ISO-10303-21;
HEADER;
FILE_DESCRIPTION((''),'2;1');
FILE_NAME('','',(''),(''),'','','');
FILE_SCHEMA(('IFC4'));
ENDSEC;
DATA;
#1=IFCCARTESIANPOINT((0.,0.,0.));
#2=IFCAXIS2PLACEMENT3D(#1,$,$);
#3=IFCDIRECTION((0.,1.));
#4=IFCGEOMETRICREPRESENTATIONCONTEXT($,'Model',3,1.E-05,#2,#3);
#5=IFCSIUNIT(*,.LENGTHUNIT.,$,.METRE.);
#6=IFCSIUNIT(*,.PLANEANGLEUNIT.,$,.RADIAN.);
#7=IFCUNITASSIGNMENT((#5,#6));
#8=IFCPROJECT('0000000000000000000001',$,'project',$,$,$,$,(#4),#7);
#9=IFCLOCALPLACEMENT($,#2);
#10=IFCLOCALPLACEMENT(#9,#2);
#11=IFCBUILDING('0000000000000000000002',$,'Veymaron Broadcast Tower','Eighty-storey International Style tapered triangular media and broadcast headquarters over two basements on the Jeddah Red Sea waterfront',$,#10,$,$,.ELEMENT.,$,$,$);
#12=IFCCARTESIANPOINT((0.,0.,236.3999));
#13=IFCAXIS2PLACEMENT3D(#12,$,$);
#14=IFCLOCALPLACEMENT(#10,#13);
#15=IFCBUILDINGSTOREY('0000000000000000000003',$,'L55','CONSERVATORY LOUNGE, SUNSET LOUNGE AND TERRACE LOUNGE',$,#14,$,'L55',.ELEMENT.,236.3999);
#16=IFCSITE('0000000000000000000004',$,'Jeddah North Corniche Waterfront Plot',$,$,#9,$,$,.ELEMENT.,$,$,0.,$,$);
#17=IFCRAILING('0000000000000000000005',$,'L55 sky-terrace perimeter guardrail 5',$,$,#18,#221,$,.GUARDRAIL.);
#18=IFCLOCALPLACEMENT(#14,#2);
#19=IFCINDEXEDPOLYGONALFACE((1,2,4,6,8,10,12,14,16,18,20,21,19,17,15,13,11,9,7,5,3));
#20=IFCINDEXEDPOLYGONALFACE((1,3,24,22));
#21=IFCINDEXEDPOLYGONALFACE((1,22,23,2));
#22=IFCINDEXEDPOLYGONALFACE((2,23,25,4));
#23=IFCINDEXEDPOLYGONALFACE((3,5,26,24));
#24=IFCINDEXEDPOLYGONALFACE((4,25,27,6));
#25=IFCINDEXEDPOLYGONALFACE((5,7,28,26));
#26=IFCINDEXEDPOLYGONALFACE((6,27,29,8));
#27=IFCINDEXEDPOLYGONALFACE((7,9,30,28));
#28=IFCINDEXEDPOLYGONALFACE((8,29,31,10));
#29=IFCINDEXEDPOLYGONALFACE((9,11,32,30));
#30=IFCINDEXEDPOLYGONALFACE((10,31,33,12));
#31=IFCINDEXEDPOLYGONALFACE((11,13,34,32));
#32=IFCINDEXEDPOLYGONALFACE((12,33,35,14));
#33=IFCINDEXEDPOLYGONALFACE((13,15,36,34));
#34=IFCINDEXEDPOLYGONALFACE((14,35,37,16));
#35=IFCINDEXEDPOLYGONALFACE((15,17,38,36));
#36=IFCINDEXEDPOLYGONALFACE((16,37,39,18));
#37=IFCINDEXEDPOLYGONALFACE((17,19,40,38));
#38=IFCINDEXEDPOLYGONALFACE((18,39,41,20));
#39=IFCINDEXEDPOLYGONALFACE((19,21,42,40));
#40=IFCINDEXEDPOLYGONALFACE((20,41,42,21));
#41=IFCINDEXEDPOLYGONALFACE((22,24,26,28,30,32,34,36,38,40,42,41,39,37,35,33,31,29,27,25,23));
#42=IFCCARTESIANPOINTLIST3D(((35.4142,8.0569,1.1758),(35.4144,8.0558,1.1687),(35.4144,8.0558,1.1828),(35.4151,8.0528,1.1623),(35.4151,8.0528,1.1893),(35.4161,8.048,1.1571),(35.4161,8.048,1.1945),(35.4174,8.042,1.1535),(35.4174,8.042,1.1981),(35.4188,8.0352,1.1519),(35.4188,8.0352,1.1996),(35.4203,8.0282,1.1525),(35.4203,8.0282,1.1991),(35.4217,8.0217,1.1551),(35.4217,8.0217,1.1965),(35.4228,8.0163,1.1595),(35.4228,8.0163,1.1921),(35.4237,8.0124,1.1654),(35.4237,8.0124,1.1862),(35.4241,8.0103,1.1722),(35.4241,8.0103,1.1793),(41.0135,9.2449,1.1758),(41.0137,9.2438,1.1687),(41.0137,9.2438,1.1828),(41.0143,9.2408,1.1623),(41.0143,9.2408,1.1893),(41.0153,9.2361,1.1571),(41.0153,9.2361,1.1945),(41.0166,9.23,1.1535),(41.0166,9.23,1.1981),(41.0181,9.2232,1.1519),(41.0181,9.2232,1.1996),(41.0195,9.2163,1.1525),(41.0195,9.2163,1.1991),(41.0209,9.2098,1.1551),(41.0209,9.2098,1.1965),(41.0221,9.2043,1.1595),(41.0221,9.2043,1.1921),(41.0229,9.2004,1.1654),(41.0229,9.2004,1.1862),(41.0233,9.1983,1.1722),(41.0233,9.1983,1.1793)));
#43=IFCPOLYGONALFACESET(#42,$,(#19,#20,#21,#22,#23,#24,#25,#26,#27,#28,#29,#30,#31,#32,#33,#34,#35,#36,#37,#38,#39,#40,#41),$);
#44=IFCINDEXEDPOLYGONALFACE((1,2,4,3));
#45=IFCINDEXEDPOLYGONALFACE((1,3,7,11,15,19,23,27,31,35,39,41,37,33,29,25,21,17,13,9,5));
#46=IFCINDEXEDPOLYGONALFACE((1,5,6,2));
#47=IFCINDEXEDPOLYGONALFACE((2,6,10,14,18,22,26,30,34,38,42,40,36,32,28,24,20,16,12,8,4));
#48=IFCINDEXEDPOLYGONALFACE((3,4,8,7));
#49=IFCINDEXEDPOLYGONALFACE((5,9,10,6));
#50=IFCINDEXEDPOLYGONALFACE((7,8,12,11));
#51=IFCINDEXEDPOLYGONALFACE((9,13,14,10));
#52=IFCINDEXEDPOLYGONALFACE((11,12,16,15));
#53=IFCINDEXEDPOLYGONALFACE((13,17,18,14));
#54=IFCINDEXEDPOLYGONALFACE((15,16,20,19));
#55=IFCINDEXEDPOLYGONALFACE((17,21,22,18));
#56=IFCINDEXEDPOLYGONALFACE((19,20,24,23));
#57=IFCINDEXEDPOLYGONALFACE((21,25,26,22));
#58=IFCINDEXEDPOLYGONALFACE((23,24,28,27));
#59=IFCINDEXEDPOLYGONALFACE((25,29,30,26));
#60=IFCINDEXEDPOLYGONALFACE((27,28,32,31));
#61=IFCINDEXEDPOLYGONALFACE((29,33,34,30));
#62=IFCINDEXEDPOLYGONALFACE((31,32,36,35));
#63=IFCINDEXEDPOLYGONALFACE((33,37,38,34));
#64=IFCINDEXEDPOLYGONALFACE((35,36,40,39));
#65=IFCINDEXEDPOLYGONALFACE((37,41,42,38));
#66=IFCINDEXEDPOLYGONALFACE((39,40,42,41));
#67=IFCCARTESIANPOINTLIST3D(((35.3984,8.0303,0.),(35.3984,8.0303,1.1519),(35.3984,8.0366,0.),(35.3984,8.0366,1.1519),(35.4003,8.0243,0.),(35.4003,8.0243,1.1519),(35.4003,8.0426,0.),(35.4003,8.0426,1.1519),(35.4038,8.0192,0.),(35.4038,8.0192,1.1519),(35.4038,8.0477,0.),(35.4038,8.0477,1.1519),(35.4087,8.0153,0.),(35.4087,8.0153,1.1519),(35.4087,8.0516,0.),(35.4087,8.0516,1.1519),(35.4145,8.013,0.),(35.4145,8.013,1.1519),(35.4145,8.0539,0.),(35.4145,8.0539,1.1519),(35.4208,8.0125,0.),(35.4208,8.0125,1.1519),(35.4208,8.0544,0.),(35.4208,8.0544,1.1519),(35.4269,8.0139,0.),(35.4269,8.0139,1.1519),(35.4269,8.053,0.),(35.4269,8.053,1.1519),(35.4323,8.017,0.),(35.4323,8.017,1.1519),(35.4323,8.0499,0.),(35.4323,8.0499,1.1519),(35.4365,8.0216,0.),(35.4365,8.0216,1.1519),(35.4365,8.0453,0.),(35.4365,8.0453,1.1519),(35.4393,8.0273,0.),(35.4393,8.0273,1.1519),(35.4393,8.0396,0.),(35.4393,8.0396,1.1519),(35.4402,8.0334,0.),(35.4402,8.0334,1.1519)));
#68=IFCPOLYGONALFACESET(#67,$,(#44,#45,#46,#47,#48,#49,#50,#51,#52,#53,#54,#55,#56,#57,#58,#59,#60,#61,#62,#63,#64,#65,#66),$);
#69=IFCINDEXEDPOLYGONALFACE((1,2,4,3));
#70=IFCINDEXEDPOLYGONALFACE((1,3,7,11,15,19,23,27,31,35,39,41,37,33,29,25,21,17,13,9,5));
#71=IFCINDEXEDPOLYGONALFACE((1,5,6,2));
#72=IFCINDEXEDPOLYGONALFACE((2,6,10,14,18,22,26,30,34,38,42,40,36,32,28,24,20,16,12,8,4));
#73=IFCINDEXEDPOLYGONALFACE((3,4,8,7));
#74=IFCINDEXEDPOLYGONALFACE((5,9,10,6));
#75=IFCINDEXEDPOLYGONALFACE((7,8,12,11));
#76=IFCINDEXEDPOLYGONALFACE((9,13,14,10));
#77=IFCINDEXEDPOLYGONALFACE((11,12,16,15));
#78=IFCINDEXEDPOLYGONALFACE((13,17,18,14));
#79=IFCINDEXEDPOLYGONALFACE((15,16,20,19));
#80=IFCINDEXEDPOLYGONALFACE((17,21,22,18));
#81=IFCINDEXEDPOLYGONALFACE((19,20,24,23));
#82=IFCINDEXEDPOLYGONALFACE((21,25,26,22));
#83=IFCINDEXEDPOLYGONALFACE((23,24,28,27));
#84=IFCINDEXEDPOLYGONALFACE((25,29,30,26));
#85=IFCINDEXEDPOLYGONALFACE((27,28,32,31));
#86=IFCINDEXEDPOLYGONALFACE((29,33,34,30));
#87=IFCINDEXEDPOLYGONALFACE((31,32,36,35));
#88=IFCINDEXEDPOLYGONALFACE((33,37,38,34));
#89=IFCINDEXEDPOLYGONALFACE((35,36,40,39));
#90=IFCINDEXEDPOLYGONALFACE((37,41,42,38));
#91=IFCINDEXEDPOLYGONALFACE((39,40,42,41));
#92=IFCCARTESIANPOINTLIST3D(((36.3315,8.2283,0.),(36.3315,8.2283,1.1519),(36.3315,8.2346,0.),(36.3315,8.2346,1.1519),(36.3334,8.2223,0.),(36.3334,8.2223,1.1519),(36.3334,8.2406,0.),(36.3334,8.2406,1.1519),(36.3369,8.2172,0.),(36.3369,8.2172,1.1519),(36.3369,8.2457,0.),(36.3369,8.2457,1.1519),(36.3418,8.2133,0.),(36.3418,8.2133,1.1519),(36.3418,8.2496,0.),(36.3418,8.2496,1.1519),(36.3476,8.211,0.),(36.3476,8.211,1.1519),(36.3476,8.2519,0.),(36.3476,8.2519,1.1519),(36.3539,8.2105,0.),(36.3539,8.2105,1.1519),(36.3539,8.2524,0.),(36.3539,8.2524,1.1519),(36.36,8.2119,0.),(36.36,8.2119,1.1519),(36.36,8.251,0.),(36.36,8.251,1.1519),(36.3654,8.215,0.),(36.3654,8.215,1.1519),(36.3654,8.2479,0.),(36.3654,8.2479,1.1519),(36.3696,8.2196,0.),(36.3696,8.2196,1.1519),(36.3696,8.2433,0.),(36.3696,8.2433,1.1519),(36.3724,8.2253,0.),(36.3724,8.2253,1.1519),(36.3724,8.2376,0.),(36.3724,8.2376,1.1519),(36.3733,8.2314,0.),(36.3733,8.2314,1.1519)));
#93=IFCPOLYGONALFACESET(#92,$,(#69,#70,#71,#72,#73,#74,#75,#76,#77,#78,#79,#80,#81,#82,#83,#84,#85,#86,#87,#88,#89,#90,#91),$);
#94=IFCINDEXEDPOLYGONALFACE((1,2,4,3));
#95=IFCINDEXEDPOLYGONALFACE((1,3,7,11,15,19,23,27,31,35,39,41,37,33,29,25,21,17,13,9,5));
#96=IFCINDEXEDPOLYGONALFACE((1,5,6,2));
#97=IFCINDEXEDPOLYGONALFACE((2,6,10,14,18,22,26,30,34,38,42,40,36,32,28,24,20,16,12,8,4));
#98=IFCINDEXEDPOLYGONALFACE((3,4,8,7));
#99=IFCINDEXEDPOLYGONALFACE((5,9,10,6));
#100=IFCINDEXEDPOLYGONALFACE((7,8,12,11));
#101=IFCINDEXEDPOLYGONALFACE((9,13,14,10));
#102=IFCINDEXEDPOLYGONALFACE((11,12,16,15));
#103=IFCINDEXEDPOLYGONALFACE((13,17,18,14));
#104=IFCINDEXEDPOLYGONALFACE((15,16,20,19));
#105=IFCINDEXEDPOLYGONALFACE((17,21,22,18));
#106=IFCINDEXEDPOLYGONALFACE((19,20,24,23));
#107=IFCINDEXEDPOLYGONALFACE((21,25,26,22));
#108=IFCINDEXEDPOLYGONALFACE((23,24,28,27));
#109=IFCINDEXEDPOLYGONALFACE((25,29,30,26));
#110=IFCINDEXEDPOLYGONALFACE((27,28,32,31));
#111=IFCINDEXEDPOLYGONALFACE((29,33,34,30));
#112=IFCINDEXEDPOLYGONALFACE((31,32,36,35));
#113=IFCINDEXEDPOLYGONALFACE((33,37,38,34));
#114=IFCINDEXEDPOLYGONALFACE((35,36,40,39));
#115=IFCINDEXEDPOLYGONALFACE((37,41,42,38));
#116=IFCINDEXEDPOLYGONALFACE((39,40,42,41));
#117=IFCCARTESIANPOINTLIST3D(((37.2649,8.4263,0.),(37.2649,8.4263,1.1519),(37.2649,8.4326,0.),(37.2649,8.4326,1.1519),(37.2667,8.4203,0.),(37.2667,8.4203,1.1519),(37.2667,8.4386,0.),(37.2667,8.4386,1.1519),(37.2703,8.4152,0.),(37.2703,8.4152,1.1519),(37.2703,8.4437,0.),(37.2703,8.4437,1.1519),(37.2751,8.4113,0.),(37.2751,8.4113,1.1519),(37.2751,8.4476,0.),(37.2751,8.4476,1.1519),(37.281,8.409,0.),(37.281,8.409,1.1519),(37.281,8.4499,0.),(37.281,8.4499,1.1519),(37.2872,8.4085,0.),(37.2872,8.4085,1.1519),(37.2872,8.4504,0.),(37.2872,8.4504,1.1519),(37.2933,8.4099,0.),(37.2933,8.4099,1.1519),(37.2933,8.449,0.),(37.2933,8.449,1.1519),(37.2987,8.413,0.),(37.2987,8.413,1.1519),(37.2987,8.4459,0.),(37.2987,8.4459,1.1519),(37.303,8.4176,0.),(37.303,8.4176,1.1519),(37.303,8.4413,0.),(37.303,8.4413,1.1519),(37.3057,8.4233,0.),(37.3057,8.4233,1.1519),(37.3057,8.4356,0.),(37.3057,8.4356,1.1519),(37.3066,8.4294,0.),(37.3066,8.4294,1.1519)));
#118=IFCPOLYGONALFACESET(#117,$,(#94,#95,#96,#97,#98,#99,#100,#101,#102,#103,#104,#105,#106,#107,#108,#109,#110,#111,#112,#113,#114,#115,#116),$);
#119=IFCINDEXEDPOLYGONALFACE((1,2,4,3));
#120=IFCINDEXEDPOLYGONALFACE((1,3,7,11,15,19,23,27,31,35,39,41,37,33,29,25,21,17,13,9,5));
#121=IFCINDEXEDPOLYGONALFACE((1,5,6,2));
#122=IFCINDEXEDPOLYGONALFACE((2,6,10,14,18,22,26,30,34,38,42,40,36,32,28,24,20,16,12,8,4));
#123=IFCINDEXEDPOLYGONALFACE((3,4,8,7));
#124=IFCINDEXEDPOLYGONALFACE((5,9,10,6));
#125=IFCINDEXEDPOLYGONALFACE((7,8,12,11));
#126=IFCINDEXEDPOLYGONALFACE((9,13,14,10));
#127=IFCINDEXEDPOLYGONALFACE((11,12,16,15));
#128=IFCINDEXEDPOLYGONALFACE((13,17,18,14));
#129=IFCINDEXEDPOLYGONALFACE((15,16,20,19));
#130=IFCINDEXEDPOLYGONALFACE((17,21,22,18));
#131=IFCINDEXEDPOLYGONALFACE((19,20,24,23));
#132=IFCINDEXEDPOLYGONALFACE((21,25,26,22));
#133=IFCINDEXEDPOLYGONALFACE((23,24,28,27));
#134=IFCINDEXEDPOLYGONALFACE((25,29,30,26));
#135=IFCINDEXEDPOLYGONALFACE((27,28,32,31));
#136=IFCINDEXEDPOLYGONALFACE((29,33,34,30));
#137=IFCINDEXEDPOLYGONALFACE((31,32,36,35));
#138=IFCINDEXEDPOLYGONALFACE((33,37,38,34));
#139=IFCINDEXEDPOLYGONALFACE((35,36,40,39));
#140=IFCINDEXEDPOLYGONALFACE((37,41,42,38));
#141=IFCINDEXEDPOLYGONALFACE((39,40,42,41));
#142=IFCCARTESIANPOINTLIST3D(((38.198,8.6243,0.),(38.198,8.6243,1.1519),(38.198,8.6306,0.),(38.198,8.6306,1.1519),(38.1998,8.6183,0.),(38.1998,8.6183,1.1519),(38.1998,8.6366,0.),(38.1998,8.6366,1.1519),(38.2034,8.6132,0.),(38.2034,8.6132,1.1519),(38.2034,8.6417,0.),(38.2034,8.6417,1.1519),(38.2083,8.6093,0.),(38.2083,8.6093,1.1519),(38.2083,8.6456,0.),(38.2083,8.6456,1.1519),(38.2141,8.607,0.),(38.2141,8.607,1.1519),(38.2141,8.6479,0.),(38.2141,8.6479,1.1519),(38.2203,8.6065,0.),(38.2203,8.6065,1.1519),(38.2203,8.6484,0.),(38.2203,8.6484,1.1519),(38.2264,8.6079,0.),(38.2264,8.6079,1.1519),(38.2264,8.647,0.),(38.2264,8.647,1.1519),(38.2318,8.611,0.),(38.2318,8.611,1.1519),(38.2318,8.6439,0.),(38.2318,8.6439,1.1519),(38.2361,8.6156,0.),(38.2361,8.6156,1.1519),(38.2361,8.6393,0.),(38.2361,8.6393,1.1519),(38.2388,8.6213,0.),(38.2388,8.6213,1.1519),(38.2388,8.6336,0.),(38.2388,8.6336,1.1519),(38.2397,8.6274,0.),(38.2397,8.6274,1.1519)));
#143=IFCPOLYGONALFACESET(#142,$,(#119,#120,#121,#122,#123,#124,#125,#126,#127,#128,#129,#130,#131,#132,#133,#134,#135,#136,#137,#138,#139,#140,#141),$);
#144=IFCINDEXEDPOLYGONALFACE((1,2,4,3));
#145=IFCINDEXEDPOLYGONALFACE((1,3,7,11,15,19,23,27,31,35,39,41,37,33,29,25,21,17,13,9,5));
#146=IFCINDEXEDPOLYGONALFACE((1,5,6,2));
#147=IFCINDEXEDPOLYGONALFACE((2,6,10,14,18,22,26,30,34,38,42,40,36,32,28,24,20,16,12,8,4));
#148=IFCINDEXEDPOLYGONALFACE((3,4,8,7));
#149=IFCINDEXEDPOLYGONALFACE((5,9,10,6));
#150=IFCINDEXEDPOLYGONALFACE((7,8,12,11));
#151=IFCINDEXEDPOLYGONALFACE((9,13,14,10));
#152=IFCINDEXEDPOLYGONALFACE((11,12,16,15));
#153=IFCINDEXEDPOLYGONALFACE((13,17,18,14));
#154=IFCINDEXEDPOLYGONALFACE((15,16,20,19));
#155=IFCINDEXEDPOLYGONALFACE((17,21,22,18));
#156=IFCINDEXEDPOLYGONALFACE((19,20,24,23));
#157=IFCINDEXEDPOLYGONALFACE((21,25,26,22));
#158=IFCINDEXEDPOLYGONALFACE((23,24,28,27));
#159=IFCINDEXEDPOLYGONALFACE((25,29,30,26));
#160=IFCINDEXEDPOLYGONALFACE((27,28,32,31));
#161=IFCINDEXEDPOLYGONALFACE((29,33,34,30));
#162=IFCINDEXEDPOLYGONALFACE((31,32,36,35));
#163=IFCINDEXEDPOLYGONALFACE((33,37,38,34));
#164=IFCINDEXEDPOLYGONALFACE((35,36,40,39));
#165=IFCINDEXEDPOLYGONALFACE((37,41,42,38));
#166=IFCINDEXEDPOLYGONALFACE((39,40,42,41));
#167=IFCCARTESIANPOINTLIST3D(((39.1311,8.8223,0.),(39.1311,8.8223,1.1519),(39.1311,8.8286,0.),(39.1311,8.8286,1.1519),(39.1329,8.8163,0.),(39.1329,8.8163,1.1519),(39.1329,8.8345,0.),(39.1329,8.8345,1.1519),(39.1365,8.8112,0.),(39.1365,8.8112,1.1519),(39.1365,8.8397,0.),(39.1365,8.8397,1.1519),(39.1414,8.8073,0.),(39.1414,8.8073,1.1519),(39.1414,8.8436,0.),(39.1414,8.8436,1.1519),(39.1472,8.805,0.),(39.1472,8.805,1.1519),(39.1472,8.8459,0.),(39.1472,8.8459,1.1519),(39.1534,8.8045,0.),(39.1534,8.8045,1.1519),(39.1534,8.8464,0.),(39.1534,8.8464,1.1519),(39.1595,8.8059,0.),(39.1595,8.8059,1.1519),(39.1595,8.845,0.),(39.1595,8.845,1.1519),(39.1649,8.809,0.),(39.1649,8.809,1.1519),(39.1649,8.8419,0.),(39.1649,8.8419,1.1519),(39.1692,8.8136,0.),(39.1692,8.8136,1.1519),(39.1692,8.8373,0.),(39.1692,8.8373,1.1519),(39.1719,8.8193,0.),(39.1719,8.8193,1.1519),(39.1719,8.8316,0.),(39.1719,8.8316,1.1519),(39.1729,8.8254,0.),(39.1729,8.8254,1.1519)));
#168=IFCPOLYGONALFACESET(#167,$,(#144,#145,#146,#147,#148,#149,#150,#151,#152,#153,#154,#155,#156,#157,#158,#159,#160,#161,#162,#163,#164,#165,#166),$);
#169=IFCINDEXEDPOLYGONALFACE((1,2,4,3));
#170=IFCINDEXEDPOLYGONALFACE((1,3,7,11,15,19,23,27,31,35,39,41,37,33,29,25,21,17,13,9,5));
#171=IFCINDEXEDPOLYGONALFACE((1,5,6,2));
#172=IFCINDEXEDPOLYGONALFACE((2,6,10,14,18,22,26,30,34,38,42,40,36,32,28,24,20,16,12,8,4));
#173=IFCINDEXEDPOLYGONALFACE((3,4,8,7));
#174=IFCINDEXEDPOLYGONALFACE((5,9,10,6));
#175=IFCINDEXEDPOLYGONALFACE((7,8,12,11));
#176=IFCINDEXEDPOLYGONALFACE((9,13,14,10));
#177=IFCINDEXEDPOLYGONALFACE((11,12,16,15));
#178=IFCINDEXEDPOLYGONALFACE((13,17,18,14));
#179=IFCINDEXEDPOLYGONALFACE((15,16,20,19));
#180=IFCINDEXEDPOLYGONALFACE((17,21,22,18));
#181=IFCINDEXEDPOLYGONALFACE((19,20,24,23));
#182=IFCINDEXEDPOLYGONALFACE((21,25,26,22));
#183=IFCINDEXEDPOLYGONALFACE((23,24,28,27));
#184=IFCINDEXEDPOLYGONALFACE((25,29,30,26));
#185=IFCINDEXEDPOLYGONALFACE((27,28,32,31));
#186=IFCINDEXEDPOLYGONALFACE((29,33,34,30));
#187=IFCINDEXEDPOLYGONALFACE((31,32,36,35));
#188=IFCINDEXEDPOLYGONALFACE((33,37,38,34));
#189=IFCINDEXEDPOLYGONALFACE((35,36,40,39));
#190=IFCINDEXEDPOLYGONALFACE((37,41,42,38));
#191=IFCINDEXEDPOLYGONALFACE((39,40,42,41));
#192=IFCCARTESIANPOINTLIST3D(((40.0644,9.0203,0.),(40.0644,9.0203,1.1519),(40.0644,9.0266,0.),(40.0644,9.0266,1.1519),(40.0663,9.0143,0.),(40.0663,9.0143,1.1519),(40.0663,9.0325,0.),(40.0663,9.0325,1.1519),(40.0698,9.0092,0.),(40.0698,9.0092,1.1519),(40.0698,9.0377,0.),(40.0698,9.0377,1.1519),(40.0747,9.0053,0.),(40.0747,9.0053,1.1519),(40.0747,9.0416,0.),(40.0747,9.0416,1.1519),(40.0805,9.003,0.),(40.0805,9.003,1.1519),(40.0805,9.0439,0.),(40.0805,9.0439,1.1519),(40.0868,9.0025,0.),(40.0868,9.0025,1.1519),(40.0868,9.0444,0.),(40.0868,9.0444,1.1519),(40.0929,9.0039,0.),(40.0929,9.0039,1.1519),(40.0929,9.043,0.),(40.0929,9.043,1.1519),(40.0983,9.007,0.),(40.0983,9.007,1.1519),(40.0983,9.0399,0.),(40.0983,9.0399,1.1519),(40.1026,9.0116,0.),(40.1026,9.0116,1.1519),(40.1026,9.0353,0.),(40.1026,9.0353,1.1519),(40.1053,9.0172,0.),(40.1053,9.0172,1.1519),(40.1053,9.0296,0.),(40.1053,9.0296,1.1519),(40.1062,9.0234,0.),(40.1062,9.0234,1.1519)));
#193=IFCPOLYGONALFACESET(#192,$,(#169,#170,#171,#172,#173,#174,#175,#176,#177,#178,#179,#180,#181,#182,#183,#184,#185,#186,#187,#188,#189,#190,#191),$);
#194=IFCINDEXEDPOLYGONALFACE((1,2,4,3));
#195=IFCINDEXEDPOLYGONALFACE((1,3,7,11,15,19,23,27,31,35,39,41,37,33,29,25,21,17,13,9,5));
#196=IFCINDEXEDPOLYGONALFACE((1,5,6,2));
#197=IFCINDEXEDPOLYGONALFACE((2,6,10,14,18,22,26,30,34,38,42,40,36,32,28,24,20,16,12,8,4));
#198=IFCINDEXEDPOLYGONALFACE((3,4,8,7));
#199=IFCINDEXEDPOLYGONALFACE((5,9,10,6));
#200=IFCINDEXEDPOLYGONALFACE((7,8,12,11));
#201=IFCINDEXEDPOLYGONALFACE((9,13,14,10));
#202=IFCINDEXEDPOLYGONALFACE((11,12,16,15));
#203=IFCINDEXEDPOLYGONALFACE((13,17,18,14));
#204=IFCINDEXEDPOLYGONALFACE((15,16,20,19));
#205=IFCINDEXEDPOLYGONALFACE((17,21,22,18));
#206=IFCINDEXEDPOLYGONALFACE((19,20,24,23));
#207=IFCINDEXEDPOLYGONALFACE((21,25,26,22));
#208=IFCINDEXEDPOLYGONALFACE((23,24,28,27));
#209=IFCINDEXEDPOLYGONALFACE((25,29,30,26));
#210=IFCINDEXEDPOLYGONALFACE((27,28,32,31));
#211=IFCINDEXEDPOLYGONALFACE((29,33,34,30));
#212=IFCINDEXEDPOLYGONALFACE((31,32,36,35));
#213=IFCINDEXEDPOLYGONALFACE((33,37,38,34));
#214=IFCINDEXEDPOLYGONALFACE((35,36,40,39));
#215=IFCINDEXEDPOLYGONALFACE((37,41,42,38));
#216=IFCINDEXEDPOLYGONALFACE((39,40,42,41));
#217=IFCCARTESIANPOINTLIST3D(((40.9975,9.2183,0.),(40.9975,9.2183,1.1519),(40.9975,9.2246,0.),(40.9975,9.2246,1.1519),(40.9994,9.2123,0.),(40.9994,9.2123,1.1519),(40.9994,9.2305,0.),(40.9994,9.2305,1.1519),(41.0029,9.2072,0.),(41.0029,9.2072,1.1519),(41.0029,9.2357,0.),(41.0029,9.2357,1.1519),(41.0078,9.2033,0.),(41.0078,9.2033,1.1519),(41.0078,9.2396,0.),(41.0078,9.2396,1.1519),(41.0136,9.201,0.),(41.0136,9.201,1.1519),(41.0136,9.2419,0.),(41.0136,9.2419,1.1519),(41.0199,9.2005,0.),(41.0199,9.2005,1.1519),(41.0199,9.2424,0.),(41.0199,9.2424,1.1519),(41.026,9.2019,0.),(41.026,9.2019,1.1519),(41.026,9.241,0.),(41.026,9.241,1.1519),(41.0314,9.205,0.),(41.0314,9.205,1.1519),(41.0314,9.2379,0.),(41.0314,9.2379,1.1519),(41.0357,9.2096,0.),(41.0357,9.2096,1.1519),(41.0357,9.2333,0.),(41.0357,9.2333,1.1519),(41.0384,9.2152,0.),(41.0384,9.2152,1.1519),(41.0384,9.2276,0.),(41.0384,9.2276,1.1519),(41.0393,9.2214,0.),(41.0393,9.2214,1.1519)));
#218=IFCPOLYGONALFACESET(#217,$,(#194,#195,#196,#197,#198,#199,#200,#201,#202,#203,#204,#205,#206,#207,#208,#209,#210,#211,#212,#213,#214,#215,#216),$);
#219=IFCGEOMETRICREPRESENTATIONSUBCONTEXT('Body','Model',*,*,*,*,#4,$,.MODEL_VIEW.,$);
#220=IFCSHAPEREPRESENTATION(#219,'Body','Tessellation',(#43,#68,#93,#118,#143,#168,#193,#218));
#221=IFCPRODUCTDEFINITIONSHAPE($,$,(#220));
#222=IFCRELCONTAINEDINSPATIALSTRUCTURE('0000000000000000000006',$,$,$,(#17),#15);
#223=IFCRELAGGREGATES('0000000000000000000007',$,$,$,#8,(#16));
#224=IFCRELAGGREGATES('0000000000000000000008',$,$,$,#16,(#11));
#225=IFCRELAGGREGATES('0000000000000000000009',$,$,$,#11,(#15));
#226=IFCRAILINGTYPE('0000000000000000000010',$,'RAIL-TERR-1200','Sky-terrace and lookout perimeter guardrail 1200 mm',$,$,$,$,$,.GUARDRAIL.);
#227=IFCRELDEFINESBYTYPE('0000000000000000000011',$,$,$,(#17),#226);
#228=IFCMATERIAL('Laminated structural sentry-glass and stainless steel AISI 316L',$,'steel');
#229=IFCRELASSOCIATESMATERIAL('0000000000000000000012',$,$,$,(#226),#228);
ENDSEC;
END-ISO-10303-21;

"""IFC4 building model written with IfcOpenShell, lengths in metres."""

from ifc_helpers import new_model, si_unit, direction, frame, origin, origin_2d, place, context, subcontext, project, spatial, circle, extrude, material, type_object, element, save


model = new_model("IFC4")

# Units and contexts
model_context = context("Model", 3, precision=1e-05, world=origin(), true_north=direction((0.0, 1.0)))
body_context = subcontext(model_context, "Body", "Model", "MODEL_VIEW")
ifc_project = project(units=[si_unit("LENGTHUNIT", "METRE"), si_unit("PLANEANGLEUNIT", "RADIAN")], contexts=[model_context])

# Site, building, storey
site_placement = place(None, origin())
site = spatial("IfcSite", under=ifc_project, at=site_placement, Name="Jeddah North Corniche Waterfront Plot", CompositionType="ELEMENT", RefElevation=0.0)
building_placement = place(site_placement, origin())
building = spatial("IfcBuilding", under=site, at=building_placement, Name="Veymaron Broadcast Tower", Description="Eighty-storey International Style tapered triangular media and broadcast headquarters over two basements on the Jeddah Red Sea waterfront", CompositionType="ELEMENT")
storey_placement = place(building_placement, frame((0.0, 0.0, 236.3999)))
storey = spatial("IfcBuildingStorey", under=building, at=storey_placement, Name="L55", Description="CONSERVATORY LOUNGE, SUNSET LOUNGE AND TERRACE LOUNGE", LongName="L55", CompositionType="ELEMENT", Elevation=236.3999)

# Railing
ifc_material_1 = material(Name="Laminated structural sentry-glass and stainless steel AISI 316L", Category="steel")
railing_type = type_object("IfcRailingType", Name="RAIL-TERR-1200", Description="Sky-terrace and lookout perimeter guardrail 1200 mm", PredefinedType="GUARDRAIL", material=ifc_material_1)
railing_1_placement = place(storey_placement, frame((35.4192, 8.0334, 0.0)))
element("IfcRailing", 1, at=railing_1_placement, inside=storey, type_object=railing_type, Name="L55 sky-terrace perimeter guardrail 5", PredefinedType="GUARDRAIL", context=body_context, shape_type="SweptSolid", body=[
    extrude(circle(Radius=0.0239, at=origin_2d()), frame((0.0, 0.0, 1.1758), z_axis=(0.978224, 0.207554, 0.0), x_axis=(-0.207554, 0.978224, 0.0)), (0.0, 0.0, 1.0), 5.7239),
    extrude(circle(Radius=0.021, at=origin_2d()), origin(), (0.0, 0.0, 1.0), 1.1519),
    extrude(circle(Radius=0.021, at=origin_2d()), frame((0.9331, 0.198, 0.0)), (0.0, 0.0, 1.0), 1.1519),
    extrude(circle(Radius=0.021, at=origin_2d()), frame((1.8665, 0.396, 0.0)), (0.0, 0.0, 1.0), 1.1519),
    extrude(circle(Radius=0.021, at=origin_2d()), frame((2.7996, 0.594, 0.0)), (0.0, 0.0, 1.0), 1.1519),
    extrude(circle(Radius=0.021, at=origin_2d()), frame((3.7327, 0.792, 0.0)), (0.0, 0.0, 1.0), 1.1519),
    extrude(circle(Radius=0.021, at=origin_2d()), frame((4.666, 0.99, 0.0)), (0.0, 0.0, 1.0), 1.1519),
    extrude(circle(Radius=0.021, at=origin_2d()), frame((5.5991, 1.188, 0.0)), (0.0, 0.0, 1.0), 1.1519),
])

save(model, "model.ifc")
